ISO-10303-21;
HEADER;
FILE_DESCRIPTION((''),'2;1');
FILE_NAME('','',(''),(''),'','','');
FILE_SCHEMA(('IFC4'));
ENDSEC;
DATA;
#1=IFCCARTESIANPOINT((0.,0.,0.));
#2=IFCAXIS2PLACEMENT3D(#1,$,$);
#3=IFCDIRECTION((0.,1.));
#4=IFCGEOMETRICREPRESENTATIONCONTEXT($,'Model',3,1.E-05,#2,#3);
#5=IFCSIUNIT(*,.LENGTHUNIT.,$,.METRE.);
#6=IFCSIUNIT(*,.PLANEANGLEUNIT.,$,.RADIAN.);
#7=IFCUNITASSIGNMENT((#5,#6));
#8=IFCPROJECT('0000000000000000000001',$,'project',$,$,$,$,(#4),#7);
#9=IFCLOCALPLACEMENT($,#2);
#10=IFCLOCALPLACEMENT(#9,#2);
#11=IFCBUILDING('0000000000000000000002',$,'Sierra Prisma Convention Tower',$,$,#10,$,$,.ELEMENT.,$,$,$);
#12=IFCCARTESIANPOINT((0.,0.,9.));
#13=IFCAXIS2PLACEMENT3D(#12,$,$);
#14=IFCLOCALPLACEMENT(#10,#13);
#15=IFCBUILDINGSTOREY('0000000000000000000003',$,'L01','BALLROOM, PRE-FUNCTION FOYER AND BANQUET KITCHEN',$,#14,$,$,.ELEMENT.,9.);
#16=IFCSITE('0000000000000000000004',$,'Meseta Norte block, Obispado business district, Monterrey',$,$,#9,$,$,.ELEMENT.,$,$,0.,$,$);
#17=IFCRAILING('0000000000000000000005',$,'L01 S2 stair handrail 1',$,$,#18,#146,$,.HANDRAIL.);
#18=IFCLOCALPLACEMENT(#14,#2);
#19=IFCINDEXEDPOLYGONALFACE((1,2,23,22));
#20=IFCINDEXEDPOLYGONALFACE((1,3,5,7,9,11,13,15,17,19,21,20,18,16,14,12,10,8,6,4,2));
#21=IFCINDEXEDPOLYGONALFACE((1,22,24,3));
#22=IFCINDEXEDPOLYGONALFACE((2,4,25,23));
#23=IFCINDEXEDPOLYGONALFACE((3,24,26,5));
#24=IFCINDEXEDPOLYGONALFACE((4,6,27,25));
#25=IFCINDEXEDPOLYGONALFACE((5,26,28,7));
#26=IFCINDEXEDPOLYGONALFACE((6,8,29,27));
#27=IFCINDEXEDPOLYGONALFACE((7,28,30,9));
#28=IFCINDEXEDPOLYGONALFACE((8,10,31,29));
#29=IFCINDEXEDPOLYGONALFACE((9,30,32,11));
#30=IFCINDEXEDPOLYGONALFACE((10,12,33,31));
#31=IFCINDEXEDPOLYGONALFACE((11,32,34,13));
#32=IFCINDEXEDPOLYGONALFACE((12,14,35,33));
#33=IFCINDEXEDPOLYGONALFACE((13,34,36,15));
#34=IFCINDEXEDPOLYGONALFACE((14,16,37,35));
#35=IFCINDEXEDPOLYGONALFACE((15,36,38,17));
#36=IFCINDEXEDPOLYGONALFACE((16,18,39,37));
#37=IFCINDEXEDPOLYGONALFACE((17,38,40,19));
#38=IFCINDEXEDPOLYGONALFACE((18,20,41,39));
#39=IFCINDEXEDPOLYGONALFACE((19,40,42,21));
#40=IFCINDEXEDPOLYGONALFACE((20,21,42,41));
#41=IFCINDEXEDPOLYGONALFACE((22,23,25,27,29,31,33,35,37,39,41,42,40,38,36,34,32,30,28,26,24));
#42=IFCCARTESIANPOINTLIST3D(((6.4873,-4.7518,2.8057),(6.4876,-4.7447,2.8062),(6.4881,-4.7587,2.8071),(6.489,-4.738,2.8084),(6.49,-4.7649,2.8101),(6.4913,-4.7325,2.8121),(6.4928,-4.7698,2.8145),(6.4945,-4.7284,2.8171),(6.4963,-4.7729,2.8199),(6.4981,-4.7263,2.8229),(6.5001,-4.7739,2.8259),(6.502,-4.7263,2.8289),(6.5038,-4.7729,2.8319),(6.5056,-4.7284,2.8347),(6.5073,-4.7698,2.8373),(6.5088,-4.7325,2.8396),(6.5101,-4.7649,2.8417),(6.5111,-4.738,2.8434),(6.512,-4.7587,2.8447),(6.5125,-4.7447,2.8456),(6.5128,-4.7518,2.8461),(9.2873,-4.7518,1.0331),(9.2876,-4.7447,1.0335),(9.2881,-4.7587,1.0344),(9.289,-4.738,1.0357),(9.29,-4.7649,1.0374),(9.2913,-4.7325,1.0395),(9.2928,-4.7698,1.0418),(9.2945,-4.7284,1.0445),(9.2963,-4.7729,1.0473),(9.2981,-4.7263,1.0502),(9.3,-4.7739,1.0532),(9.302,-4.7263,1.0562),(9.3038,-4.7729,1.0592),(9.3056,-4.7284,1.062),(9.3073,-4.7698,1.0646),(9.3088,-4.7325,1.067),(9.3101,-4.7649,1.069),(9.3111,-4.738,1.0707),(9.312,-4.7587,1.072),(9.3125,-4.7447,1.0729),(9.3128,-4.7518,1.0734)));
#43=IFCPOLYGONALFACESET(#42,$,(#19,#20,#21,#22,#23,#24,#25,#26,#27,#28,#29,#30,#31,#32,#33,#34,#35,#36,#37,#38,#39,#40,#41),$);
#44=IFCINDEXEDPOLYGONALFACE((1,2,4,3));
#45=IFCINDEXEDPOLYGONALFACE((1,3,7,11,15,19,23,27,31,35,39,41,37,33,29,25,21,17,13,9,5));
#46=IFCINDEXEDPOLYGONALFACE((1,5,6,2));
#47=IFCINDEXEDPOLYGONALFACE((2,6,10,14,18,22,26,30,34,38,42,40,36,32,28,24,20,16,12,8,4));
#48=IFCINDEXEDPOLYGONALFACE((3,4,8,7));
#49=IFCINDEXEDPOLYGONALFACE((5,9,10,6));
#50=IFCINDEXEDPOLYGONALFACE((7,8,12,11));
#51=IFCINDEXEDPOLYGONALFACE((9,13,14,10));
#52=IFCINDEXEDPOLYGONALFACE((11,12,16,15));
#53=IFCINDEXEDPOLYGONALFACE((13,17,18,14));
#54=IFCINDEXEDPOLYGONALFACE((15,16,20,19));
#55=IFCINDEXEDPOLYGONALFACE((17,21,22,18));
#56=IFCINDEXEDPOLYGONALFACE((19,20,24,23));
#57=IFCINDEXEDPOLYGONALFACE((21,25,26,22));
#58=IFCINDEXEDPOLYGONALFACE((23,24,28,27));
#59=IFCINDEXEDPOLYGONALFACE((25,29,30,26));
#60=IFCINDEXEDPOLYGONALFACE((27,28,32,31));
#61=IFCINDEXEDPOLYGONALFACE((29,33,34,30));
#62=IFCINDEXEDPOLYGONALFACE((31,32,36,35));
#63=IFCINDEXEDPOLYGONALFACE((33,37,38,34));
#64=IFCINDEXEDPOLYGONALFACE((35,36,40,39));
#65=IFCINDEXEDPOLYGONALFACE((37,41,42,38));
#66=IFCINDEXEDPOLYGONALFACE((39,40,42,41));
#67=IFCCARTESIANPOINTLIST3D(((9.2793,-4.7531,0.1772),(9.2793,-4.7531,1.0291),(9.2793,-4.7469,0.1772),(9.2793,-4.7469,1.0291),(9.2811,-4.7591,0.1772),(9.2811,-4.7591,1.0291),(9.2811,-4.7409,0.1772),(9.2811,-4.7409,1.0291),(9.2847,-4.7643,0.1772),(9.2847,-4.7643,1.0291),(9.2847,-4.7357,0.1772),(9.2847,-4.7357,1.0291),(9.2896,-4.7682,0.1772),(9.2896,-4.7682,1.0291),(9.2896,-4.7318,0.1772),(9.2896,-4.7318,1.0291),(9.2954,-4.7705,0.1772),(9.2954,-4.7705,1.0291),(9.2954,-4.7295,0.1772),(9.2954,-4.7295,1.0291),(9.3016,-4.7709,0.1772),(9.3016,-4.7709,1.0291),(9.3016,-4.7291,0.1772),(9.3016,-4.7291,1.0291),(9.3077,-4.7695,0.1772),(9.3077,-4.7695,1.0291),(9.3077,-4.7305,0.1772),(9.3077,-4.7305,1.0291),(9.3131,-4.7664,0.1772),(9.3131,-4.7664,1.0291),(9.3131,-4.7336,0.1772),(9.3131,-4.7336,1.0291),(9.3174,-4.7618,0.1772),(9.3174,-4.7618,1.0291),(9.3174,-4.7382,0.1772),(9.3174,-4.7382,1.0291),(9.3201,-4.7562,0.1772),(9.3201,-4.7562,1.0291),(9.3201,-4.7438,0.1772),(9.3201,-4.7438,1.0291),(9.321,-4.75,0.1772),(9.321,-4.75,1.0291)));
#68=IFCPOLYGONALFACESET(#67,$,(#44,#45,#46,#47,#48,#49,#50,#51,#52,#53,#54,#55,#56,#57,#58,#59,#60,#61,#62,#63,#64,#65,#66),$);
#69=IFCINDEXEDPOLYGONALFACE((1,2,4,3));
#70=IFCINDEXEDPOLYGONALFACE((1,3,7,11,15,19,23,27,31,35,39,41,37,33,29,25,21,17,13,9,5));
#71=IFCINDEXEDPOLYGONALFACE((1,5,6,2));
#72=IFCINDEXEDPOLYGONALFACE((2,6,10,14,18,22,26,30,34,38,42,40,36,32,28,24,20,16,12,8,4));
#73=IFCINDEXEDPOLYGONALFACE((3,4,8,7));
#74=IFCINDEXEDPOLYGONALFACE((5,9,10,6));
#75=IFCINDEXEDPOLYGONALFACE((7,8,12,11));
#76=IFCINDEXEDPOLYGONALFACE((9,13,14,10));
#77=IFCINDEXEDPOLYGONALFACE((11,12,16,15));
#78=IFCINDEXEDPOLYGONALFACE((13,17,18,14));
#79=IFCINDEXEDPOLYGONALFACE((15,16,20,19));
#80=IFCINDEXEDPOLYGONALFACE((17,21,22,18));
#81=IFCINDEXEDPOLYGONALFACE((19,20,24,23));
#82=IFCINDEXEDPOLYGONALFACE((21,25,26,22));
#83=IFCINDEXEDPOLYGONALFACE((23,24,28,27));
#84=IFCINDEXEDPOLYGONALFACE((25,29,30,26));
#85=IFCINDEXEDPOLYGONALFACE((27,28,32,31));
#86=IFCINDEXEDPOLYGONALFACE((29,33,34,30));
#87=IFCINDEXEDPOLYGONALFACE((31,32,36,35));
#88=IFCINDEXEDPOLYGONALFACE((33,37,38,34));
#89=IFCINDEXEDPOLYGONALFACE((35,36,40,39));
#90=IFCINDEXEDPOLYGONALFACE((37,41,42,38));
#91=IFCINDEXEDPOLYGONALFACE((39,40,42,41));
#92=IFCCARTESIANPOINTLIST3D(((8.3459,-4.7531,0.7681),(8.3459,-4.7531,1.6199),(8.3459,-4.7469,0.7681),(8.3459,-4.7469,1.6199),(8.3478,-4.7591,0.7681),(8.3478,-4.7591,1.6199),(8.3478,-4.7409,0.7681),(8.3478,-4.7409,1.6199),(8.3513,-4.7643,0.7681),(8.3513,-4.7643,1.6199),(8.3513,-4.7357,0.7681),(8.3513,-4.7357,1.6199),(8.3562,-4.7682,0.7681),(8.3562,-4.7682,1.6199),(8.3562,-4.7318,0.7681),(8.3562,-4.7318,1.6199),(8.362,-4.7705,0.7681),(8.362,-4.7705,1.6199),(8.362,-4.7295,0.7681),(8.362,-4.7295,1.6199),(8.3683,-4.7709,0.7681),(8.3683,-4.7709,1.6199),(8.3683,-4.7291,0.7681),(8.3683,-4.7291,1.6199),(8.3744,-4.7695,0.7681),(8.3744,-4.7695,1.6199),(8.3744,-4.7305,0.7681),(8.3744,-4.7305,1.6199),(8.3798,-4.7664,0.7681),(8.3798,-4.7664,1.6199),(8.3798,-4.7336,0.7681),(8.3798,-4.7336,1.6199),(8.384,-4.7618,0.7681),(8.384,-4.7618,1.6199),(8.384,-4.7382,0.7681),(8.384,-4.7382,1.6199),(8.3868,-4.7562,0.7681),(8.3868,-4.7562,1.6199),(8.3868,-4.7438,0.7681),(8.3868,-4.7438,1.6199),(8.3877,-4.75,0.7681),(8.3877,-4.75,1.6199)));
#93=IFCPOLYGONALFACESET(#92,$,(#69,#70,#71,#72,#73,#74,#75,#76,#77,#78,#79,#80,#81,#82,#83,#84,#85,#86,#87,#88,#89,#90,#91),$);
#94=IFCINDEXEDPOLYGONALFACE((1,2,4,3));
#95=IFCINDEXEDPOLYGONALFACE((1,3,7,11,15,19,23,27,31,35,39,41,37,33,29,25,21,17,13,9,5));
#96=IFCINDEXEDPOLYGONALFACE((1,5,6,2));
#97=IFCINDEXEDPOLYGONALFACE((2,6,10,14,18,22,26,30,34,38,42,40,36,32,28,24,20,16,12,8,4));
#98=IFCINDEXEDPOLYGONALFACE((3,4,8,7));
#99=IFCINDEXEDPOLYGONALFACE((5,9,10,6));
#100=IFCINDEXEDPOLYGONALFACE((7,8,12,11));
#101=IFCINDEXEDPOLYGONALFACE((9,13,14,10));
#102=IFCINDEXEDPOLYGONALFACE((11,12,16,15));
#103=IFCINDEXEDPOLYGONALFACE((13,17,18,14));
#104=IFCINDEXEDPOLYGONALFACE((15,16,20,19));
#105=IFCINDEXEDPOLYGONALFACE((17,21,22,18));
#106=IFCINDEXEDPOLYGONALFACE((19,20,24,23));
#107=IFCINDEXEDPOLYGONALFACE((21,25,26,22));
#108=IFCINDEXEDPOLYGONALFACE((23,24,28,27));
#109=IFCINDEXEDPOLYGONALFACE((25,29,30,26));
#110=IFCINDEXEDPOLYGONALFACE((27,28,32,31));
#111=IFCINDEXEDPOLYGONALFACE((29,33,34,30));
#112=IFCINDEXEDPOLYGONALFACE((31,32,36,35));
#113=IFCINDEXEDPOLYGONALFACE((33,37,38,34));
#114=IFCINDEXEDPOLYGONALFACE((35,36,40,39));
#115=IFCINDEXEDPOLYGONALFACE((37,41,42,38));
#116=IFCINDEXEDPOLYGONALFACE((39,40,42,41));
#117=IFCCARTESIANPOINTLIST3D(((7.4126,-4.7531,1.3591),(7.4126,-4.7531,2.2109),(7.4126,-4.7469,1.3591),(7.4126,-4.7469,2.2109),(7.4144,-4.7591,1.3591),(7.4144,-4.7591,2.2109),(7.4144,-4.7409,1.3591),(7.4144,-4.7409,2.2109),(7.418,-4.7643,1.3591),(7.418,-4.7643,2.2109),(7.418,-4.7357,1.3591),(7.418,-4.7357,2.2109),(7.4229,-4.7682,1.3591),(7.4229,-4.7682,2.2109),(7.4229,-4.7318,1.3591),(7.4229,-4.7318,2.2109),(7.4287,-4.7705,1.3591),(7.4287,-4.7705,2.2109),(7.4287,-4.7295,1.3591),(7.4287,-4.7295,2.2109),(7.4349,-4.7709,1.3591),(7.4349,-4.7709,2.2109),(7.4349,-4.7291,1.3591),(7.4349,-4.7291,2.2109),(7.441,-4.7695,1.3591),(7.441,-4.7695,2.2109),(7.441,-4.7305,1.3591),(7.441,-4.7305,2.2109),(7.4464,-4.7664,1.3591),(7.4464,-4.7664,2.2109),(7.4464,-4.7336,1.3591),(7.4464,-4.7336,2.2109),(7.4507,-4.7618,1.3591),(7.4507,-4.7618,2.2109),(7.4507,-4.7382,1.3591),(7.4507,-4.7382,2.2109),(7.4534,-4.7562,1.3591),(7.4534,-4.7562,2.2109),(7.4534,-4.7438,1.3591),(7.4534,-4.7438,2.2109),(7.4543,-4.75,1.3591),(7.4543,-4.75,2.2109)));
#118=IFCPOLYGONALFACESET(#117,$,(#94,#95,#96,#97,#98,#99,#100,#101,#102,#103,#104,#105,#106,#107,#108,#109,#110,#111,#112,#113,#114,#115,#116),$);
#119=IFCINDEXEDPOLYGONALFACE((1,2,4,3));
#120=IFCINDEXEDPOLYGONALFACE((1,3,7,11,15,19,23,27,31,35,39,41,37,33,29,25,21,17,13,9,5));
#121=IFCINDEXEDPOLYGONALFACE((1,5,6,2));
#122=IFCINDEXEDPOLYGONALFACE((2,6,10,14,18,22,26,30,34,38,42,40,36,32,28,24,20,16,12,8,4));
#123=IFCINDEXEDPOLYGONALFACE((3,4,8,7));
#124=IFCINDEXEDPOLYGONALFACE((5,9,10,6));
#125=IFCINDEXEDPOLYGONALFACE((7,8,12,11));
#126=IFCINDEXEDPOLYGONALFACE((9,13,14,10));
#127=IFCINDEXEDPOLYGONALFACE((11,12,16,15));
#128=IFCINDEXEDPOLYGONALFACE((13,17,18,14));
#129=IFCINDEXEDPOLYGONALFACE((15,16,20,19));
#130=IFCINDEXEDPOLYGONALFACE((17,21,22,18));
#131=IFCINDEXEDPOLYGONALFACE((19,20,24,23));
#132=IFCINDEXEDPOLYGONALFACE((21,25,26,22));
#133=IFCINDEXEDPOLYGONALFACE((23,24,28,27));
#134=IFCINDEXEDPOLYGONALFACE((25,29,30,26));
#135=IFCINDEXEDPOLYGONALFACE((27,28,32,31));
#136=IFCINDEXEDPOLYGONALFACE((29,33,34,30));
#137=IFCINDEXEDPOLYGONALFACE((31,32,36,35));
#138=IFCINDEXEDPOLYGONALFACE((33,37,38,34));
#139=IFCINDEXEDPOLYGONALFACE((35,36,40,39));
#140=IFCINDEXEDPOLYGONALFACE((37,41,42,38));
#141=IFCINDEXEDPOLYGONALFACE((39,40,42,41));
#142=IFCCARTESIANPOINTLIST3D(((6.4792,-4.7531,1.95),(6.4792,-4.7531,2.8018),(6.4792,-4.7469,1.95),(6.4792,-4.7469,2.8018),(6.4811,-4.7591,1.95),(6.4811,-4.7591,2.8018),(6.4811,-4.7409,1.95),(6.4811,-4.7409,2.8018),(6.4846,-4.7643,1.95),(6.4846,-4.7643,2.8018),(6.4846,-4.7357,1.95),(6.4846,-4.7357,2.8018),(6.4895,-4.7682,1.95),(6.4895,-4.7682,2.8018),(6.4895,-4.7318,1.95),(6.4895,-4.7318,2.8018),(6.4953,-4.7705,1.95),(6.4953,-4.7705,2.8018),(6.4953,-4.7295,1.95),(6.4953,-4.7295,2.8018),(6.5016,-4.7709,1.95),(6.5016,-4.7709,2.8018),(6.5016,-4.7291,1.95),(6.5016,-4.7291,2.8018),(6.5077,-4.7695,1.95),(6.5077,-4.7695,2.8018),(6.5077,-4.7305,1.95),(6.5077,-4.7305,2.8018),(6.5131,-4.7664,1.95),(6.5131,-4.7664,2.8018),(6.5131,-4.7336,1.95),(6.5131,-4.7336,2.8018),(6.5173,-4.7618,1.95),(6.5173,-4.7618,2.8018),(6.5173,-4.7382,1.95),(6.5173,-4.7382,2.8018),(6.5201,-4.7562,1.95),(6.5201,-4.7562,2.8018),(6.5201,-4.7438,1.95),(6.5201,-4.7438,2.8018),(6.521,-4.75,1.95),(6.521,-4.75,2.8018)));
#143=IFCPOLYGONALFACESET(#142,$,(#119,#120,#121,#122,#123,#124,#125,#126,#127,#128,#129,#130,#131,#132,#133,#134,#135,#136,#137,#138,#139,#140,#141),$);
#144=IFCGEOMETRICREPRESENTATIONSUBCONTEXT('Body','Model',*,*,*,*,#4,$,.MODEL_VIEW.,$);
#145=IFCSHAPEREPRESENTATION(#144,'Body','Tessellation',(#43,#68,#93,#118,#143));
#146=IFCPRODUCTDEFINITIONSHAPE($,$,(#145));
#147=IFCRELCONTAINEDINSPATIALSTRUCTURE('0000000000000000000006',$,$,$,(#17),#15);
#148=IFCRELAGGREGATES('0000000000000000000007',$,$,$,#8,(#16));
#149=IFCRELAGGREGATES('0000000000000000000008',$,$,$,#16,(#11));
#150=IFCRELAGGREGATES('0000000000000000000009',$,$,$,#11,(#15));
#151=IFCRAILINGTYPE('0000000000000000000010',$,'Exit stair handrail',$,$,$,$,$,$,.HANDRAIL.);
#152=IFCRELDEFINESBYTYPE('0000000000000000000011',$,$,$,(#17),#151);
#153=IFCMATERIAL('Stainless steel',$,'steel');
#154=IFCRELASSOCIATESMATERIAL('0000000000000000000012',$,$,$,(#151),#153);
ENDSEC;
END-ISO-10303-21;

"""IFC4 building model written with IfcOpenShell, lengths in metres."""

from ifc_helpers import new_model, si_unit, direction, frame, origin, origin_2d, place, context, subcontext, project, spatial, circle, extrude, material, type_object, element, save


model = new_model("IFC4")

# Units and contexts
model_context = context("Model", 3, precision=1e-05, world=origin(), true_north=direction((0.0, 1.0)))
body_context = subcontext(model_context, "Body", "Model", "MODEL_VIEW")
ifc_project = project(units=[si_unit("LENGTHUNIT", "METRE"), si_unit("PLANEANGLEUNIT", "RADIAN")], contexts=[model_context])

# Site, building, storey
site_placement = place(None, origin())
site = spatial("IfcSite", under=ifc_project, at=site_placement, Name="Meseta Norte block, Obispado business district, Monterrey", CompositionType="ELEMENT", RefElevation=0.0)
building_placement = place(site_placement, origin())
building = spatial("IfcBuilding", under=site, at=building_placement, Name="Sierra Prisma Convention Tower", CompositionType="ELEMENT")
storey_placement = place(building_placement, frame((0.0, 0.0, 9.0)))
storey = spatial("IfcBuildingStorey", under=building, at=storey_placement, Name="L01", Description="BALLROOM, PRE-FUNCTION FOYER AND BANQUET KITCHEN", CompositionType="ELEMENT", Elevation=9.0)

# Railing
ifc_material_1 = material(Name="Stainless steel", Category="steel")
railing_type = type_object("IfcRailingType", Name="Exit stair handrail", PredefinedType="HANDRAIL", material=ifc_material_1)
for number, where, name in (
    (1, (9.3, -4.75, 0.1772), "L01 S2 stair handrail 1"),
):
    element("IfcRailing", number, at=place(storey_placement, frame(where)), inside=storey, type_object=railing_type, Name=name, PredefinedType="HANDRAIL", context=body_context, shape_type="SweptSolid", body=[
        extrude(circle(Radius=0.0239, at=origin_2d()), frame((0.0, 0.0, 0.876), z_axis=(-0.844909, 0.0, 0.53491), x_axis=(0.0, -1.0, 0.0)), (0.0, 0.0, 1.0), 3.314),
        extrude(circle(Radius=0.021, at=origin_2d()), origin(), (0.0, 0.0, 1.0), 0.8518),
        extrude(circle(Radius=0.021, at=origin_2d()), frame((-0.9333, 0.0, 0.5908)), (0.0, 0.0, 1.0), 0.8518),
        extrude(circle(Radius=0.021, at=origin_2d()), frame((-1.8667, 0.0, 1.1819)), (0.0, 0.0, 1.0), 0.8518),
        extrude(circle(Radius=0.021, at=origin_2d()), frame((-2.8, 0.0, 1.7727)), (0.0, 0.0, 1.0), 0.8518),
    ])

save(model, "model.ifc")
